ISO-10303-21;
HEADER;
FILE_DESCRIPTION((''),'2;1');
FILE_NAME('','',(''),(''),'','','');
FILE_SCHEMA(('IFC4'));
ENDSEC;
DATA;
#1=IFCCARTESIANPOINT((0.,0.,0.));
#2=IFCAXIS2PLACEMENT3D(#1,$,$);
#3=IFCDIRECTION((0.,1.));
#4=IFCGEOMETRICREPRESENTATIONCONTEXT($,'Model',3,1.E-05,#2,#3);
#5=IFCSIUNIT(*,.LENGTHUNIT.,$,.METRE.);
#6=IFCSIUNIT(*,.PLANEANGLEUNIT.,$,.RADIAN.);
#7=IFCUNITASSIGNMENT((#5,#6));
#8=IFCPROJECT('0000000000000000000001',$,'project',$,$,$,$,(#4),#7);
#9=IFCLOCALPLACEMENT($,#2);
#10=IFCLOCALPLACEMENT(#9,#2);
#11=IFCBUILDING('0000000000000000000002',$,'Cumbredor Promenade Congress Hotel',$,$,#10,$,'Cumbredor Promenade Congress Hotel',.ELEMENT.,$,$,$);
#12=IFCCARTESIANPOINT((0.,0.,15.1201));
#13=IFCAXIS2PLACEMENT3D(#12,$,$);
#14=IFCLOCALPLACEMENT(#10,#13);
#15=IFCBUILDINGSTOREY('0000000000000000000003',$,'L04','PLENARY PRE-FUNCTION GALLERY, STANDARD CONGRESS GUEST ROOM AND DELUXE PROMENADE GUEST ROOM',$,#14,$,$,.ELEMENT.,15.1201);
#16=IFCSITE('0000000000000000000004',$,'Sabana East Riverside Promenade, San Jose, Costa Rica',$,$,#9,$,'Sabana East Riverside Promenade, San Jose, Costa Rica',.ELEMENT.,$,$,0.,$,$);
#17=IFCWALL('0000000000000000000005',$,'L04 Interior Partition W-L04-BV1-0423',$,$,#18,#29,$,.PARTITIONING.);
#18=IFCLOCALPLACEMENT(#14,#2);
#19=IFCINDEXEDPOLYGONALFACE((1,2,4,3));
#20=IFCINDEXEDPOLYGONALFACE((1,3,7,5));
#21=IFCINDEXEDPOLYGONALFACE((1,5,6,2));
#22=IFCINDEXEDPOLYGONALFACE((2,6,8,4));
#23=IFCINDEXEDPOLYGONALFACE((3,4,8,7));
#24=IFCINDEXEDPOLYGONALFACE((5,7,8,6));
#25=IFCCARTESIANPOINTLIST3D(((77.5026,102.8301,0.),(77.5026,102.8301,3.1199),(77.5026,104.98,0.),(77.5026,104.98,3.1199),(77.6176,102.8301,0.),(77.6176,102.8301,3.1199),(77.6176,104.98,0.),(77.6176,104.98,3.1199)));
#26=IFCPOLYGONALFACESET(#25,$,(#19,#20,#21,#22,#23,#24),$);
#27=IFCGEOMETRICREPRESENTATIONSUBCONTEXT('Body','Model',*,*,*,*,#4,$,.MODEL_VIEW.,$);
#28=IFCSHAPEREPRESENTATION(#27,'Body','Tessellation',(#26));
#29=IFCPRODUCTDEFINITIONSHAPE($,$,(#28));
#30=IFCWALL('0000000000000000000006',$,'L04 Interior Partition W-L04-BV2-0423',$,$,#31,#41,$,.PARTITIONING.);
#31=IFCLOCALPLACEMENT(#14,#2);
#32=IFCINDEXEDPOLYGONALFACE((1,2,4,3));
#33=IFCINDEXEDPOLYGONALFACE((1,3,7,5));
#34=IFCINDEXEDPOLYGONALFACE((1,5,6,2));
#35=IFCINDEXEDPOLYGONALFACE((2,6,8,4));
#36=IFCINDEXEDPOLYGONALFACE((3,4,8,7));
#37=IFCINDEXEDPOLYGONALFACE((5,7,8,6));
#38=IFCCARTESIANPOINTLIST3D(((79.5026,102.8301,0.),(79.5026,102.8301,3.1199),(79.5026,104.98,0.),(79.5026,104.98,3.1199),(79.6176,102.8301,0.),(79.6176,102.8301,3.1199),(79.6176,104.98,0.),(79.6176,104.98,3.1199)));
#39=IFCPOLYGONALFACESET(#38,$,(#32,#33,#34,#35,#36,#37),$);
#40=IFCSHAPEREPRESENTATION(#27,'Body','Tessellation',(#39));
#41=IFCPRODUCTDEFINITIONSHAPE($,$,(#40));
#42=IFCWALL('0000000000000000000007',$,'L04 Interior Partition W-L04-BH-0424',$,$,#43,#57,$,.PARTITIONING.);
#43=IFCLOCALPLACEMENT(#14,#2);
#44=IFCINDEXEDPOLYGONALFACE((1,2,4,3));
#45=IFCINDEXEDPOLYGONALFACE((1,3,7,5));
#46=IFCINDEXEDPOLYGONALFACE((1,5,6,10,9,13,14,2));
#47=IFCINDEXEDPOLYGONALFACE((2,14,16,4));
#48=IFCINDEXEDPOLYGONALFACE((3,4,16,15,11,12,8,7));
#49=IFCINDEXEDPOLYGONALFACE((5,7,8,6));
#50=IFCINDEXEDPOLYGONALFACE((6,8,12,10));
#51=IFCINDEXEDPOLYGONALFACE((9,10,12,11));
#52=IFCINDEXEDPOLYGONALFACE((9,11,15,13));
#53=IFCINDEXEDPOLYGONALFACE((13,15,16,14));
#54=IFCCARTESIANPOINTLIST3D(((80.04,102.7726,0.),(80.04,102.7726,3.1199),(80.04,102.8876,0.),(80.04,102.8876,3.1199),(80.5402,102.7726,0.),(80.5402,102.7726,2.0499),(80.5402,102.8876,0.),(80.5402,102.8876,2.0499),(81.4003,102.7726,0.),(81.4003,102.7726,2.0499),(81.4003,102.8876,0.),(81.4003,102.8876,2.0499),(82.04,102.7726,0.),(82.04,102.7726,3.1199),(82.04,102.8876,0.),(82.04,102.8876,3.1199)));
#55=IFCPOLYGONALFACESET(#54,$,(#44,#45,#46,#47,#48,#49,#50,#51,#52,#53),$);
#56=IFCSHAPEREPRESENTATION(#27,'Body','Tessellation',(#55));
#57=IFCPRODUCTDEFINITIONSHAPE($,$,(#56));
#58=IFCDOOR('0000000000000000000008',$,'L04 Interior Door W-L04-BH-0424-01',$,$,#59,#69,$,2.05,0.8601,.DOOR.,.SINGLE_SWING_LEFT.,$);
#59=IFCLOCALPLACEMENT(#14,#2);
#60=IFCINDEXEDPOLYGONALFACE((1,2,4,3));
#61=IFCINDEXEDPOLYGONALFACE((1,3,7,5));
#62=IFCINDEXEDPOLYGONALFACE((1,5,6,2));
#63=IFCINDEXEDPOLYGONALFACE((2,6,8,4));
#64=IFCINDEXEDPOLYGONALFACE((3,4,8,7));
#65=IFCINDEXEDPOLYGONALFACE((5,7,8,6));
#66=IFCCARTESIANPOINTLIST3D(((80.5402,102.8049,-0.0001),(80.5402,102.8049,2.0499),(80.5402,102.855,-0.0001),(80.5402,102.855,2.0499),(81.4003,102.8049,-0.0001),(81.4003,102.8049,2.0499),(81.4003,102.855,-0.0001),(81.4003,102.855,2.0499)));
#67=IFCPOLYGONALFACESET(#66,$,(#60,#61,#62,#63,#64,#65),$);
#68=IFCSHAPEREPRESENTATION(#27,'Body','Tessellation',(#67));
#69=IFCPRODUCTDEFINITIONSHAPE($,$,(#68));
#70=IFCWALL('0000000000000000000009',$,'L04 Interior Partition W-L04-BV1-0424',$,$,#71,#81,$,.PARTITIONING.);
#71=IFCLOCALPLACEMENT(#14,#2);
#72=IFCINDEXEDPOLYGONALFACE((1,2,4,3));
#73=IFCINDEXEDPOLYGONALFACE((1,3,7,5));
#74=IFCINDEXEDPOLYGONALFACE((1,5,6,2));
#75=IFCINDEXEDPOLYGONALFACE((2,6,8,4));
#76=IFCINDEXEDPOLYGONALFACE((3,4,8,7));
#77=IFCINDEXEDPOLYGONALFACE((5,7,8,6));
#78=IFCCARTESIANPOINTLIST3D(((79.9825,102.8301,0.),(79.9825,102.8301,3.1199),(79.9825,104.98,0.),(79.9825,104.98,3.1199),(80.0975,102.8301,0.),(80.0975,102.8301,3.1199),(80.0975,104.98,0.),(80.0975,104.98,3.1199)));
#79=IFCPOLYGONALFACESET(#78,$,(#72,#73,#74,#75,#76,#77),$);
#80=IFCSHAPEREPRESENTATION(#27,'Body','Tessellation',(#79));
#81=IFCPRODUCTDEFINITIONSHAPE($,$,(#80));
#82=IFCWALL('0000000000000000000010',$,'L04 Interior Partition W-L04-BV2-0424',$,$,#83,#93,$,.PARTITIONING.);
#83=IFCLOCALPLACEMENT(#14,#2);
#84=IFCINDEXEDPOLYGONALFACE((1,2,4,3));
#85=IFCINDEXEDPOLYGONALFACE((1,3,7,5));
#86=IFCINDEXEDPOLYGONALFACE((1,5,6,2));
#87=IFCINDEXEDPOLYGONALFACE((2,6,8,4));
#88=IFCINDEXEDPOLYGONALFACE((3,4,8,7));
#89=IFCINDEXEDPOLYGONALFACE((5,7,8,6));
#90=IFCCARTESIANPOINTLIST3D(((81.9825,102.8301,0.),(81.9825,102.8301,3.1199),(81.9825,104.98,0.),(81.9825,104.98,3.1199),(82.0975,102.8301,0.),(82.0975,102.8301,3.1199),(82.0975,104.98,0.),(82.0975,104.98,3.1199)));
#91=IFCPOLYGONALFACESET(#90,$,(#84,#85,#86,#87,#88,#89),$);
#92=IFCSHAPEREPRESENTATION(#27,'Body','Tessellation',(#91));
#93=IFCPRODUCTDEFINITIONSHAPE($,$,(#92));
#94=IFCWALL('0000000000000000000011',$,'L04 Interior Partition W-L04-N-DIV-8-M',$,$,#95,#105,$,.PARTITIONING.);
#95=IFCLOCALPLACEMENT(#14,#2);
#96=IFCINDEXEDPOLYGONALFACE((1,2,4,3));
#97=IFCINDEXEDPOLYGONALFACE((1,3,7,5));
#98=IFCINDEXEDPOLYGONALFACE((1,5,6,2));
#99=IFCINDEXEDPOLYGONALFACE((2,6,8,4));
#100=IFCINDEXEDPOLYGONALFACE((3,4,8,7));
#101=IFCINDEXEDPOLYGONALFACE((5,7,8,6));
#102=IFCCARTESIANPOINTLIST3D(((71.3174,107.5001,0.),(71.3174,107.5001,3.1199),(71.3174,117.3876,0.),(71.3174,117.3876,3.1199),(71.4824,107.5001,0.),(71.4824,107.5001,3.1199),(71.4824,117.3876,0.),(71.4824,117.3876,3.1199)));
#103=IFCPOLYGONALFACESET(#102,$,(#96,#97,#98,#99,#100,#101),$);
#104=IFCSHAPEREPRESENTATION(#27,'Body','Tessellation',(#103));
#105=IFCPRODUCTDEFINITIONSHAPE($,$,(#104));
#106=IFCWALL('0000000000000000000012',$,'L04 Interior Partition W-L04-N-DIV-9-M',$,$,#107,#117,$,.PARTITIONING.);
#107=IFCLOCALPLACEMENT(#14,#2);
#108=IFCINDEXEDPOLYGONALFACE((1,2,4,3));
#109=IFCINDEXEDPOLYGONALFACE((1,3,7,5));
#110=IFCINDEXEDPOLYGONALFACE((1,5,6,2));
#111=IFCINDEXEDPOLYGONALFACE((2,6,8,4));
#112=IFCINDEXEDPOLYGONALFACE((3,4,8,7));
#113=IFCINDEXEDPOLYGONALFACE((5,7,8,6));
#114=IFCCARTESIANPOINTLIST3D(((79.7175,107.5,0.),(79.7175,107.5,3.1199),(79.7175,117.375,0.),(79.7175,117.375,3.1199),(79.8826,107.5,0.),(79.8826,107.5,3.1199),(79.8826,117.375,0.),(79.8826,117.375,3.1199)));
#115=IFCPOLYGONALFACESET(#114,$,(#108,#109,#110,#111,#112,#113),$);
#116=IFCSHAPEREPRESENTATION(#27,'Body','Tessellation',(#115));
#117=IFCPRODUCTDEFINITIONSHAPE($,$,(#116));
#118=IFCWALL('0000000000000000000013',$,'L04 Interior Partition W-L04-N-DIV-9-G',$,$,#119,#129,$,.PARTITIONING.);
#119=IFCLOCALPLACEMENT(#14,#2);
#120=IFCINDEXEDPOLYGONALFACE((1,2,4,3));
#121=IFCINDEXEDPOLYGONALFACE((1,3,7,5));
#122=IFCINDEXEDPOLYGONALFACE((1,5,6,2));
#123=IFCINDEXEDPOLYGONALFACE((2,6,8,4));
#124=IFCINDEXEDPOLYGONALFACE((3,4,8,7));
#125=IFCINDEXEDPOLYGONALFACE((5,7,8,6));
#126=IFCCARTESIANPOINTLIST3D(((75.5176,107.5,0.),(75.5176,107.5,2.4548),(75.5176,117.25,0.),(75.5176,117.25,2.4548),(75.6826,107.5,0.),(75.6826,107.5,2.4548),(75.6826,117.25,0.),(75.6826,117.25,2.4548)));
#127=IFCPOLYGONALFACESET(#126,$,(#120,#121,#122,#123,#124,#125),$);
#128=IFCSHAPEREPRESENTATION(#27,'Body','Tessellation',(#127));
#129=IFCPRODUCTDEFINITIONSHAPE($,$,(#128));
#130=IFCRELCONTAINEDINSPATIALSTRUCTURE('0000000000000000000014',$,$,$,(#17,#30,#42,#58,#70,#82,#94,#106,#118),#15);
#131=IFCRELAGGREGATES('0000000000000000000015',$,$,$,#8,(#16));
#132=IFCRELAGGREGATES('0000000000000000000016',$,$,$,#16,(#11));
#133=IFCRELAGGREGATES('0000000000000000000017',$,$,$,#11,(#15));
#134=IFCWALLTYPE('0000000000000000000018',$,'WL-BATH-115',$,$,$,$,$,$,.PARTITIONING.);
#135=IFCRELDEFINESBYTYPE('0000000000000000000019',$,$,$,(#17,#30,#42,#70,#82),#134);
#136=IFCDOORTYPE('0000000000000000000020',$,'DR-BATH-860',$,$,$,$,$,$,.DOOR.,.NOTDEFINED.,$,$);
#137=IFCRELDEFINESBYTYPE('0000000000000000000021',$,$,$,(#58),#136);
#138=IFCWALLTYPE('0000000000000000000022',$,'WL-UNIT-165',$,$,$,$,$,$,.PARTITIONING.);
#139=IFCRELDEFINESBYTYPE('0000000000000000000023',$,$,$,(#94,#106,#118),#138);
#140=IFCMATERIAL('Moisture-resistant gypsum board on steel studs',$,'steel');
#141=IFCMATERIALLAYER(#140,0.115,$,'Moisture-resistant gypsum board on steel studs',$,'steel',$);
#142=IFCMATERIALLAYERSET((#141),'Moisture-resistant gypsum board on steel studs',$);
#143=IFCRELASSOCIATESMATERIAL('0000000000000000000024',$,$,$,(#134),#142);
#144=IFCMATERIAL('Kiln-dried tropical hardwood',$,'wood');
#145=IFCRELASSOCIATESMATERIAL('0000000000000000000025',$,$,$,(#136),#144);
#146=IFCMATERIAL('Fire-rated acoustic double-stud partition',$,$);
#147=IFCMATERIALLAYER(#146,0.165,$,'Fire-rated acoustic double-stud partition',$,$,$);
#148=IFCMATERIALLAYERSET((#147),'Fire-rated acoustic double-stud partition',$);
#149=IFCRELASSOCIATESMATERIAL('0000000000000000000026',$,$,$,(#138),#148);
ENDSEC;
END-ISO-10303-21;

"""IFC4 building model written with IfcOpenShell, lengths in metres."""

from ifc_helpers import new_model, si_unit, direction, frame, frame_2d, origin, place, context, subcontext, project, spatial, rectangle, extrude, material, layer, layer_set, type_object, element, fill, save


model = new_model("IFC4")

# Units and contexts
model_context = context("Model", 3, precision=1e-05, world=origin(), true_north=direction((0.0, 1.0)))
body_context = subcontext(model_context, "Body", "Model", "MODEL_VIEW")
ifc_project = project(units=[si_unit("LENGTHUNIT", "METRE"), si_unit("PLANEANGLEUNIT", "RADIAN")], contexts=[model_context])

# Site, building, storey
site_placement = place(None, origin())
site = spatial("IfcSite", under=ifc_project, at=site_placement, Name="Sabana East Riverside Promenade, San Jose, Costa Rica", LongName="Sabana East Riverside Promenade, San Jose, Costa Rica", CompositionType="ELEMENT", RefElevation=0.0)
building_placement = place(site_placement, origin())
building = spatial("IfcBuilding", under=site, at=building_placement, Name="Cumbredor Promenade Congress Hotel", LongName="Cumbredor Promenade Congress Hotel", CompositionType="ELEMENT")
storey_placement = place(building_placement, frame((0.0, 0.0, 15.1201)))
storey = spatial("IfcBuildingStorey", under=building, at=storey_placement, Name="L04", Description="PLENARY PRE-FUNCTION GALLERY, STANDARD CONGRESS GUEST ROOM AND DELUXE PROMENADE GUEST ROOM", CompositionType="ELEMENT", Elevation=15.1201)

# Shared definitions
ifc_material_1 = material(Name="Moisture-resistant gypsum board on steel studs", Category="steel")
ifc_layer_1 = layer(ifc_material_1, 0.115, Name="Moisture-resistant gypsum board on steel studs", Category="steel")
ifc_layer_set_1 = layer_set([ifc_layer_1], Name="Moisture-resistant gypsum board on steel studs")
wall_type_1 = type_object("IfcWallType", Name="WL-BATH-115", PredefinedType="PARTITIONING", material=ifc_layer_set_1)

# Shared definitions
ifc_material_2 = material(Name="Kiln-dried tropical hardwood", Category="wood")
door_type = type_object("IfcDoorType", Name="DR-BATH-860", OperationType="NOTDEFINED", PredefinedType="DOOR", material=ifc_material_2)

# Walls
for number, where, z_axis, x_axis, name in (
    (1, (77.5601, 102.8301, 0.0), (0.0, 0.0, 1.0), (0.0, 1.0, 0.0), "L04 Interior Partition W-L04-BV1-0423"),
    (2, (79.5601, 102.8301, 0.0), (0.0, 0.0, 1.0), (0.0, 1.0, 0.0), "L04 Interior Partition W-L04-BV2-0423"),
):
    element("IfcWall", number, at=place(storey_placement, frame(where, z_axis=z_axis, x_axis=x_axis)), inside=storey, type_object=wall_type_1, Name=name, PredefinedType="PARTITIONING", context=body_context, shape_type="SweptSolid", body=[
        extrude(rectangle(XDim=2.1499, YDim=0.115, at=frame_2d((1.075, 0.0))), origin(), (0.0, 0.0, 1.0), 3.1199),
    ])

# Wall, opening, door
wall_1_placement = place(storey_placement, frame((80.04, 102.8301, 0.0), z_axis=(0.0, 0.0, 1.0), x_axis=(1.0, 0.0, 0.0)))
wall_1 = element("IfcWall", 3, at=wall_1_placement, inside=storey, type_object=wall_type_1, Name="L04 Interior Partition W-L04-BH-0424", PredefinedType="PARTITIONING", context=body_context, shape_type="SweptSolid", body=[
    extrude(rectangle(XDim=2.0, YDim=0.115, at=frame_2d((1.0, 0.0))), origin(), (0.0, 0.0, 1.0), 3.1199),
])
opening_1_placement = place(wall_1_placement, frame((0.5, 0.0, 0.0)))
opening_1 = element("IfcOpeningElement", 4, at=opening_1_placement, cuts=wall_1, PredefinedType="OPENING", context=body_context, shape_type="SweptSolid", body=[
    extrude(rectangle(XDim=0.8601, YDim=2.05, at=frame_2d((0.4302, 1.0249))), frame((0.0, 0.0674, 0.0), z_axis=(0.0, -1.0, 0.0), x_axis=(1.0, 0.0, 0.0)), (0.0, 0.0, 1.0), 0.135),
])
door_1_placement = place(opening_1_placement, origin())
door_1 = element("IfcDoor", 5, at=door_1_placement, inside=storey, type_object=door_type, Name="L04 Interior Door W-L04-BH-0424-01", OperationType="SINGLE_SWING_LEFT", OverallHeight=2.05, OverallWidth=0.8601, PredefinedType="DOOR", context=body_context, shape_type="SweptSolid", body=[
    extrude(rectangle(XDim=0.8601, YDim=2.05, at=frame_2d((0.4302, 1.0249))), frame((0.0, 0.0249, 0.0), z_axis=(0.0, -1.0, 0.0), x_axis=(1.0, 0.0, 0.0)), (0.0, 0.0, 1.0), 0.05),
])
fill(opening_1, door_1)

# Walls
for number, where, z_axis, x_axis, name in (
    (6, (80.04, 102.8301, 0.0), (0.0, 0.0, 1.0), (0.0, 1.0, 0.0), "L04 Interior Partition W-L04-BV1-0424"),
    (7, (82.04, 102.8301, 0.0), (0.0, 0.0, 1.0), (0.0, 1.0, 0.0), "L04 Interior Partition W-L04-BV2-0424"),
):
    element("IfcWall", number, at=place(storey_placement, frame(where, z_axis=z_axis, x_axis=x_axis)), inside=storey, type_object=wall_type_1, Name=name, PredefinedType="PARTITIONING", context=body_context, shape_type="SweptSolid", body=[
        extrude(rectangle(XDim=2.1499, YDim=0.115, at=frame_2d((1.075, 0.0))), origin(), (0.0, 0.0, 1.0), 3.1199),
    ])
ifc_material_3 = material(Name="Fire-rated acoustic double-stud partition")
ifc_layer_2 = layer(ifc_material_3, 0.165, Name="Fire-rated acoustic double-stud partition")
ifc_layer_set_2 = layer_set([ifc_layer_2], Name="Fire-rated acoustic double-stud partition")
wall_type_2 = type_object("IfcWallType", Name="WL-UNIT-165", PredefinedType="PARTITIONING", material=ifc_layer_set_2)
wall_2_placement = place(storey_placement, frame((71.3999, 107.5, 0.0), z_axis=(0.0, 0.0, 1.0), x_axis=(0.0, 1.0, 0.0)))
element("IfcWall", 8, at=wall_2_placement, inside=storey, type_object=wall_type_2, Name="L04 Interior Partition W-L04-N-DIV-8-M", PredefinedType="PARTITIONING", context=body_context, shape_type="SweptSolid", body=[
    extrude(rectangle(XDim=9.8875, YDim=0.165, at=frame_2d((4.9438, 0.0))), origin(), (0.0, 0.0, 1.0), 3.1199),
])
wall_3_placement = place(storey_placement, frame((79.8, 107.5, 0.0), z_axis=(0.0, 0.0, 1.0), x_axis=(0.0, 1.0, 0.0)))
element("IfcWall", 9, at=wall_3_placement, inside=storey, type_object=wall_type_2, Name="L04 Interior Partition W-L04-N-DIV-9-M", PredefinedType="PARTITIONING", context=body_context, shape_type="SweptSolid", body=[
    extrude(rectangle(XDim=9.875, YDim=0.165, at=frame_2d((4.9375, 0.0))), origin(), (0.0, 0.0, 1.0), 3.1199),
])
wall_4_placement = place(storey_placement, frame((75.6001, 107.5, 0.0), z_axis=(0.0, 0.0, 1.0), x_axis=(0.0, 1.0, 0.0)))
element("IfcWall", 10, at=wall_4_placement, inside=storey, type_object=wall_type_2, Name="L04 Interior Partition W-L04-N-DIV-9-G", PredefinedType="PARTITIONING", context=body_context, shape_type="SweptSolid", body=[
    extrude(rectangle(XDim=9.75, YDim=0.165, at=frame_2d((4.875, 0.0))), origin(), (0.0, 0.0, 1.0), 2.4548),
])

save(model, "model.ifc")
